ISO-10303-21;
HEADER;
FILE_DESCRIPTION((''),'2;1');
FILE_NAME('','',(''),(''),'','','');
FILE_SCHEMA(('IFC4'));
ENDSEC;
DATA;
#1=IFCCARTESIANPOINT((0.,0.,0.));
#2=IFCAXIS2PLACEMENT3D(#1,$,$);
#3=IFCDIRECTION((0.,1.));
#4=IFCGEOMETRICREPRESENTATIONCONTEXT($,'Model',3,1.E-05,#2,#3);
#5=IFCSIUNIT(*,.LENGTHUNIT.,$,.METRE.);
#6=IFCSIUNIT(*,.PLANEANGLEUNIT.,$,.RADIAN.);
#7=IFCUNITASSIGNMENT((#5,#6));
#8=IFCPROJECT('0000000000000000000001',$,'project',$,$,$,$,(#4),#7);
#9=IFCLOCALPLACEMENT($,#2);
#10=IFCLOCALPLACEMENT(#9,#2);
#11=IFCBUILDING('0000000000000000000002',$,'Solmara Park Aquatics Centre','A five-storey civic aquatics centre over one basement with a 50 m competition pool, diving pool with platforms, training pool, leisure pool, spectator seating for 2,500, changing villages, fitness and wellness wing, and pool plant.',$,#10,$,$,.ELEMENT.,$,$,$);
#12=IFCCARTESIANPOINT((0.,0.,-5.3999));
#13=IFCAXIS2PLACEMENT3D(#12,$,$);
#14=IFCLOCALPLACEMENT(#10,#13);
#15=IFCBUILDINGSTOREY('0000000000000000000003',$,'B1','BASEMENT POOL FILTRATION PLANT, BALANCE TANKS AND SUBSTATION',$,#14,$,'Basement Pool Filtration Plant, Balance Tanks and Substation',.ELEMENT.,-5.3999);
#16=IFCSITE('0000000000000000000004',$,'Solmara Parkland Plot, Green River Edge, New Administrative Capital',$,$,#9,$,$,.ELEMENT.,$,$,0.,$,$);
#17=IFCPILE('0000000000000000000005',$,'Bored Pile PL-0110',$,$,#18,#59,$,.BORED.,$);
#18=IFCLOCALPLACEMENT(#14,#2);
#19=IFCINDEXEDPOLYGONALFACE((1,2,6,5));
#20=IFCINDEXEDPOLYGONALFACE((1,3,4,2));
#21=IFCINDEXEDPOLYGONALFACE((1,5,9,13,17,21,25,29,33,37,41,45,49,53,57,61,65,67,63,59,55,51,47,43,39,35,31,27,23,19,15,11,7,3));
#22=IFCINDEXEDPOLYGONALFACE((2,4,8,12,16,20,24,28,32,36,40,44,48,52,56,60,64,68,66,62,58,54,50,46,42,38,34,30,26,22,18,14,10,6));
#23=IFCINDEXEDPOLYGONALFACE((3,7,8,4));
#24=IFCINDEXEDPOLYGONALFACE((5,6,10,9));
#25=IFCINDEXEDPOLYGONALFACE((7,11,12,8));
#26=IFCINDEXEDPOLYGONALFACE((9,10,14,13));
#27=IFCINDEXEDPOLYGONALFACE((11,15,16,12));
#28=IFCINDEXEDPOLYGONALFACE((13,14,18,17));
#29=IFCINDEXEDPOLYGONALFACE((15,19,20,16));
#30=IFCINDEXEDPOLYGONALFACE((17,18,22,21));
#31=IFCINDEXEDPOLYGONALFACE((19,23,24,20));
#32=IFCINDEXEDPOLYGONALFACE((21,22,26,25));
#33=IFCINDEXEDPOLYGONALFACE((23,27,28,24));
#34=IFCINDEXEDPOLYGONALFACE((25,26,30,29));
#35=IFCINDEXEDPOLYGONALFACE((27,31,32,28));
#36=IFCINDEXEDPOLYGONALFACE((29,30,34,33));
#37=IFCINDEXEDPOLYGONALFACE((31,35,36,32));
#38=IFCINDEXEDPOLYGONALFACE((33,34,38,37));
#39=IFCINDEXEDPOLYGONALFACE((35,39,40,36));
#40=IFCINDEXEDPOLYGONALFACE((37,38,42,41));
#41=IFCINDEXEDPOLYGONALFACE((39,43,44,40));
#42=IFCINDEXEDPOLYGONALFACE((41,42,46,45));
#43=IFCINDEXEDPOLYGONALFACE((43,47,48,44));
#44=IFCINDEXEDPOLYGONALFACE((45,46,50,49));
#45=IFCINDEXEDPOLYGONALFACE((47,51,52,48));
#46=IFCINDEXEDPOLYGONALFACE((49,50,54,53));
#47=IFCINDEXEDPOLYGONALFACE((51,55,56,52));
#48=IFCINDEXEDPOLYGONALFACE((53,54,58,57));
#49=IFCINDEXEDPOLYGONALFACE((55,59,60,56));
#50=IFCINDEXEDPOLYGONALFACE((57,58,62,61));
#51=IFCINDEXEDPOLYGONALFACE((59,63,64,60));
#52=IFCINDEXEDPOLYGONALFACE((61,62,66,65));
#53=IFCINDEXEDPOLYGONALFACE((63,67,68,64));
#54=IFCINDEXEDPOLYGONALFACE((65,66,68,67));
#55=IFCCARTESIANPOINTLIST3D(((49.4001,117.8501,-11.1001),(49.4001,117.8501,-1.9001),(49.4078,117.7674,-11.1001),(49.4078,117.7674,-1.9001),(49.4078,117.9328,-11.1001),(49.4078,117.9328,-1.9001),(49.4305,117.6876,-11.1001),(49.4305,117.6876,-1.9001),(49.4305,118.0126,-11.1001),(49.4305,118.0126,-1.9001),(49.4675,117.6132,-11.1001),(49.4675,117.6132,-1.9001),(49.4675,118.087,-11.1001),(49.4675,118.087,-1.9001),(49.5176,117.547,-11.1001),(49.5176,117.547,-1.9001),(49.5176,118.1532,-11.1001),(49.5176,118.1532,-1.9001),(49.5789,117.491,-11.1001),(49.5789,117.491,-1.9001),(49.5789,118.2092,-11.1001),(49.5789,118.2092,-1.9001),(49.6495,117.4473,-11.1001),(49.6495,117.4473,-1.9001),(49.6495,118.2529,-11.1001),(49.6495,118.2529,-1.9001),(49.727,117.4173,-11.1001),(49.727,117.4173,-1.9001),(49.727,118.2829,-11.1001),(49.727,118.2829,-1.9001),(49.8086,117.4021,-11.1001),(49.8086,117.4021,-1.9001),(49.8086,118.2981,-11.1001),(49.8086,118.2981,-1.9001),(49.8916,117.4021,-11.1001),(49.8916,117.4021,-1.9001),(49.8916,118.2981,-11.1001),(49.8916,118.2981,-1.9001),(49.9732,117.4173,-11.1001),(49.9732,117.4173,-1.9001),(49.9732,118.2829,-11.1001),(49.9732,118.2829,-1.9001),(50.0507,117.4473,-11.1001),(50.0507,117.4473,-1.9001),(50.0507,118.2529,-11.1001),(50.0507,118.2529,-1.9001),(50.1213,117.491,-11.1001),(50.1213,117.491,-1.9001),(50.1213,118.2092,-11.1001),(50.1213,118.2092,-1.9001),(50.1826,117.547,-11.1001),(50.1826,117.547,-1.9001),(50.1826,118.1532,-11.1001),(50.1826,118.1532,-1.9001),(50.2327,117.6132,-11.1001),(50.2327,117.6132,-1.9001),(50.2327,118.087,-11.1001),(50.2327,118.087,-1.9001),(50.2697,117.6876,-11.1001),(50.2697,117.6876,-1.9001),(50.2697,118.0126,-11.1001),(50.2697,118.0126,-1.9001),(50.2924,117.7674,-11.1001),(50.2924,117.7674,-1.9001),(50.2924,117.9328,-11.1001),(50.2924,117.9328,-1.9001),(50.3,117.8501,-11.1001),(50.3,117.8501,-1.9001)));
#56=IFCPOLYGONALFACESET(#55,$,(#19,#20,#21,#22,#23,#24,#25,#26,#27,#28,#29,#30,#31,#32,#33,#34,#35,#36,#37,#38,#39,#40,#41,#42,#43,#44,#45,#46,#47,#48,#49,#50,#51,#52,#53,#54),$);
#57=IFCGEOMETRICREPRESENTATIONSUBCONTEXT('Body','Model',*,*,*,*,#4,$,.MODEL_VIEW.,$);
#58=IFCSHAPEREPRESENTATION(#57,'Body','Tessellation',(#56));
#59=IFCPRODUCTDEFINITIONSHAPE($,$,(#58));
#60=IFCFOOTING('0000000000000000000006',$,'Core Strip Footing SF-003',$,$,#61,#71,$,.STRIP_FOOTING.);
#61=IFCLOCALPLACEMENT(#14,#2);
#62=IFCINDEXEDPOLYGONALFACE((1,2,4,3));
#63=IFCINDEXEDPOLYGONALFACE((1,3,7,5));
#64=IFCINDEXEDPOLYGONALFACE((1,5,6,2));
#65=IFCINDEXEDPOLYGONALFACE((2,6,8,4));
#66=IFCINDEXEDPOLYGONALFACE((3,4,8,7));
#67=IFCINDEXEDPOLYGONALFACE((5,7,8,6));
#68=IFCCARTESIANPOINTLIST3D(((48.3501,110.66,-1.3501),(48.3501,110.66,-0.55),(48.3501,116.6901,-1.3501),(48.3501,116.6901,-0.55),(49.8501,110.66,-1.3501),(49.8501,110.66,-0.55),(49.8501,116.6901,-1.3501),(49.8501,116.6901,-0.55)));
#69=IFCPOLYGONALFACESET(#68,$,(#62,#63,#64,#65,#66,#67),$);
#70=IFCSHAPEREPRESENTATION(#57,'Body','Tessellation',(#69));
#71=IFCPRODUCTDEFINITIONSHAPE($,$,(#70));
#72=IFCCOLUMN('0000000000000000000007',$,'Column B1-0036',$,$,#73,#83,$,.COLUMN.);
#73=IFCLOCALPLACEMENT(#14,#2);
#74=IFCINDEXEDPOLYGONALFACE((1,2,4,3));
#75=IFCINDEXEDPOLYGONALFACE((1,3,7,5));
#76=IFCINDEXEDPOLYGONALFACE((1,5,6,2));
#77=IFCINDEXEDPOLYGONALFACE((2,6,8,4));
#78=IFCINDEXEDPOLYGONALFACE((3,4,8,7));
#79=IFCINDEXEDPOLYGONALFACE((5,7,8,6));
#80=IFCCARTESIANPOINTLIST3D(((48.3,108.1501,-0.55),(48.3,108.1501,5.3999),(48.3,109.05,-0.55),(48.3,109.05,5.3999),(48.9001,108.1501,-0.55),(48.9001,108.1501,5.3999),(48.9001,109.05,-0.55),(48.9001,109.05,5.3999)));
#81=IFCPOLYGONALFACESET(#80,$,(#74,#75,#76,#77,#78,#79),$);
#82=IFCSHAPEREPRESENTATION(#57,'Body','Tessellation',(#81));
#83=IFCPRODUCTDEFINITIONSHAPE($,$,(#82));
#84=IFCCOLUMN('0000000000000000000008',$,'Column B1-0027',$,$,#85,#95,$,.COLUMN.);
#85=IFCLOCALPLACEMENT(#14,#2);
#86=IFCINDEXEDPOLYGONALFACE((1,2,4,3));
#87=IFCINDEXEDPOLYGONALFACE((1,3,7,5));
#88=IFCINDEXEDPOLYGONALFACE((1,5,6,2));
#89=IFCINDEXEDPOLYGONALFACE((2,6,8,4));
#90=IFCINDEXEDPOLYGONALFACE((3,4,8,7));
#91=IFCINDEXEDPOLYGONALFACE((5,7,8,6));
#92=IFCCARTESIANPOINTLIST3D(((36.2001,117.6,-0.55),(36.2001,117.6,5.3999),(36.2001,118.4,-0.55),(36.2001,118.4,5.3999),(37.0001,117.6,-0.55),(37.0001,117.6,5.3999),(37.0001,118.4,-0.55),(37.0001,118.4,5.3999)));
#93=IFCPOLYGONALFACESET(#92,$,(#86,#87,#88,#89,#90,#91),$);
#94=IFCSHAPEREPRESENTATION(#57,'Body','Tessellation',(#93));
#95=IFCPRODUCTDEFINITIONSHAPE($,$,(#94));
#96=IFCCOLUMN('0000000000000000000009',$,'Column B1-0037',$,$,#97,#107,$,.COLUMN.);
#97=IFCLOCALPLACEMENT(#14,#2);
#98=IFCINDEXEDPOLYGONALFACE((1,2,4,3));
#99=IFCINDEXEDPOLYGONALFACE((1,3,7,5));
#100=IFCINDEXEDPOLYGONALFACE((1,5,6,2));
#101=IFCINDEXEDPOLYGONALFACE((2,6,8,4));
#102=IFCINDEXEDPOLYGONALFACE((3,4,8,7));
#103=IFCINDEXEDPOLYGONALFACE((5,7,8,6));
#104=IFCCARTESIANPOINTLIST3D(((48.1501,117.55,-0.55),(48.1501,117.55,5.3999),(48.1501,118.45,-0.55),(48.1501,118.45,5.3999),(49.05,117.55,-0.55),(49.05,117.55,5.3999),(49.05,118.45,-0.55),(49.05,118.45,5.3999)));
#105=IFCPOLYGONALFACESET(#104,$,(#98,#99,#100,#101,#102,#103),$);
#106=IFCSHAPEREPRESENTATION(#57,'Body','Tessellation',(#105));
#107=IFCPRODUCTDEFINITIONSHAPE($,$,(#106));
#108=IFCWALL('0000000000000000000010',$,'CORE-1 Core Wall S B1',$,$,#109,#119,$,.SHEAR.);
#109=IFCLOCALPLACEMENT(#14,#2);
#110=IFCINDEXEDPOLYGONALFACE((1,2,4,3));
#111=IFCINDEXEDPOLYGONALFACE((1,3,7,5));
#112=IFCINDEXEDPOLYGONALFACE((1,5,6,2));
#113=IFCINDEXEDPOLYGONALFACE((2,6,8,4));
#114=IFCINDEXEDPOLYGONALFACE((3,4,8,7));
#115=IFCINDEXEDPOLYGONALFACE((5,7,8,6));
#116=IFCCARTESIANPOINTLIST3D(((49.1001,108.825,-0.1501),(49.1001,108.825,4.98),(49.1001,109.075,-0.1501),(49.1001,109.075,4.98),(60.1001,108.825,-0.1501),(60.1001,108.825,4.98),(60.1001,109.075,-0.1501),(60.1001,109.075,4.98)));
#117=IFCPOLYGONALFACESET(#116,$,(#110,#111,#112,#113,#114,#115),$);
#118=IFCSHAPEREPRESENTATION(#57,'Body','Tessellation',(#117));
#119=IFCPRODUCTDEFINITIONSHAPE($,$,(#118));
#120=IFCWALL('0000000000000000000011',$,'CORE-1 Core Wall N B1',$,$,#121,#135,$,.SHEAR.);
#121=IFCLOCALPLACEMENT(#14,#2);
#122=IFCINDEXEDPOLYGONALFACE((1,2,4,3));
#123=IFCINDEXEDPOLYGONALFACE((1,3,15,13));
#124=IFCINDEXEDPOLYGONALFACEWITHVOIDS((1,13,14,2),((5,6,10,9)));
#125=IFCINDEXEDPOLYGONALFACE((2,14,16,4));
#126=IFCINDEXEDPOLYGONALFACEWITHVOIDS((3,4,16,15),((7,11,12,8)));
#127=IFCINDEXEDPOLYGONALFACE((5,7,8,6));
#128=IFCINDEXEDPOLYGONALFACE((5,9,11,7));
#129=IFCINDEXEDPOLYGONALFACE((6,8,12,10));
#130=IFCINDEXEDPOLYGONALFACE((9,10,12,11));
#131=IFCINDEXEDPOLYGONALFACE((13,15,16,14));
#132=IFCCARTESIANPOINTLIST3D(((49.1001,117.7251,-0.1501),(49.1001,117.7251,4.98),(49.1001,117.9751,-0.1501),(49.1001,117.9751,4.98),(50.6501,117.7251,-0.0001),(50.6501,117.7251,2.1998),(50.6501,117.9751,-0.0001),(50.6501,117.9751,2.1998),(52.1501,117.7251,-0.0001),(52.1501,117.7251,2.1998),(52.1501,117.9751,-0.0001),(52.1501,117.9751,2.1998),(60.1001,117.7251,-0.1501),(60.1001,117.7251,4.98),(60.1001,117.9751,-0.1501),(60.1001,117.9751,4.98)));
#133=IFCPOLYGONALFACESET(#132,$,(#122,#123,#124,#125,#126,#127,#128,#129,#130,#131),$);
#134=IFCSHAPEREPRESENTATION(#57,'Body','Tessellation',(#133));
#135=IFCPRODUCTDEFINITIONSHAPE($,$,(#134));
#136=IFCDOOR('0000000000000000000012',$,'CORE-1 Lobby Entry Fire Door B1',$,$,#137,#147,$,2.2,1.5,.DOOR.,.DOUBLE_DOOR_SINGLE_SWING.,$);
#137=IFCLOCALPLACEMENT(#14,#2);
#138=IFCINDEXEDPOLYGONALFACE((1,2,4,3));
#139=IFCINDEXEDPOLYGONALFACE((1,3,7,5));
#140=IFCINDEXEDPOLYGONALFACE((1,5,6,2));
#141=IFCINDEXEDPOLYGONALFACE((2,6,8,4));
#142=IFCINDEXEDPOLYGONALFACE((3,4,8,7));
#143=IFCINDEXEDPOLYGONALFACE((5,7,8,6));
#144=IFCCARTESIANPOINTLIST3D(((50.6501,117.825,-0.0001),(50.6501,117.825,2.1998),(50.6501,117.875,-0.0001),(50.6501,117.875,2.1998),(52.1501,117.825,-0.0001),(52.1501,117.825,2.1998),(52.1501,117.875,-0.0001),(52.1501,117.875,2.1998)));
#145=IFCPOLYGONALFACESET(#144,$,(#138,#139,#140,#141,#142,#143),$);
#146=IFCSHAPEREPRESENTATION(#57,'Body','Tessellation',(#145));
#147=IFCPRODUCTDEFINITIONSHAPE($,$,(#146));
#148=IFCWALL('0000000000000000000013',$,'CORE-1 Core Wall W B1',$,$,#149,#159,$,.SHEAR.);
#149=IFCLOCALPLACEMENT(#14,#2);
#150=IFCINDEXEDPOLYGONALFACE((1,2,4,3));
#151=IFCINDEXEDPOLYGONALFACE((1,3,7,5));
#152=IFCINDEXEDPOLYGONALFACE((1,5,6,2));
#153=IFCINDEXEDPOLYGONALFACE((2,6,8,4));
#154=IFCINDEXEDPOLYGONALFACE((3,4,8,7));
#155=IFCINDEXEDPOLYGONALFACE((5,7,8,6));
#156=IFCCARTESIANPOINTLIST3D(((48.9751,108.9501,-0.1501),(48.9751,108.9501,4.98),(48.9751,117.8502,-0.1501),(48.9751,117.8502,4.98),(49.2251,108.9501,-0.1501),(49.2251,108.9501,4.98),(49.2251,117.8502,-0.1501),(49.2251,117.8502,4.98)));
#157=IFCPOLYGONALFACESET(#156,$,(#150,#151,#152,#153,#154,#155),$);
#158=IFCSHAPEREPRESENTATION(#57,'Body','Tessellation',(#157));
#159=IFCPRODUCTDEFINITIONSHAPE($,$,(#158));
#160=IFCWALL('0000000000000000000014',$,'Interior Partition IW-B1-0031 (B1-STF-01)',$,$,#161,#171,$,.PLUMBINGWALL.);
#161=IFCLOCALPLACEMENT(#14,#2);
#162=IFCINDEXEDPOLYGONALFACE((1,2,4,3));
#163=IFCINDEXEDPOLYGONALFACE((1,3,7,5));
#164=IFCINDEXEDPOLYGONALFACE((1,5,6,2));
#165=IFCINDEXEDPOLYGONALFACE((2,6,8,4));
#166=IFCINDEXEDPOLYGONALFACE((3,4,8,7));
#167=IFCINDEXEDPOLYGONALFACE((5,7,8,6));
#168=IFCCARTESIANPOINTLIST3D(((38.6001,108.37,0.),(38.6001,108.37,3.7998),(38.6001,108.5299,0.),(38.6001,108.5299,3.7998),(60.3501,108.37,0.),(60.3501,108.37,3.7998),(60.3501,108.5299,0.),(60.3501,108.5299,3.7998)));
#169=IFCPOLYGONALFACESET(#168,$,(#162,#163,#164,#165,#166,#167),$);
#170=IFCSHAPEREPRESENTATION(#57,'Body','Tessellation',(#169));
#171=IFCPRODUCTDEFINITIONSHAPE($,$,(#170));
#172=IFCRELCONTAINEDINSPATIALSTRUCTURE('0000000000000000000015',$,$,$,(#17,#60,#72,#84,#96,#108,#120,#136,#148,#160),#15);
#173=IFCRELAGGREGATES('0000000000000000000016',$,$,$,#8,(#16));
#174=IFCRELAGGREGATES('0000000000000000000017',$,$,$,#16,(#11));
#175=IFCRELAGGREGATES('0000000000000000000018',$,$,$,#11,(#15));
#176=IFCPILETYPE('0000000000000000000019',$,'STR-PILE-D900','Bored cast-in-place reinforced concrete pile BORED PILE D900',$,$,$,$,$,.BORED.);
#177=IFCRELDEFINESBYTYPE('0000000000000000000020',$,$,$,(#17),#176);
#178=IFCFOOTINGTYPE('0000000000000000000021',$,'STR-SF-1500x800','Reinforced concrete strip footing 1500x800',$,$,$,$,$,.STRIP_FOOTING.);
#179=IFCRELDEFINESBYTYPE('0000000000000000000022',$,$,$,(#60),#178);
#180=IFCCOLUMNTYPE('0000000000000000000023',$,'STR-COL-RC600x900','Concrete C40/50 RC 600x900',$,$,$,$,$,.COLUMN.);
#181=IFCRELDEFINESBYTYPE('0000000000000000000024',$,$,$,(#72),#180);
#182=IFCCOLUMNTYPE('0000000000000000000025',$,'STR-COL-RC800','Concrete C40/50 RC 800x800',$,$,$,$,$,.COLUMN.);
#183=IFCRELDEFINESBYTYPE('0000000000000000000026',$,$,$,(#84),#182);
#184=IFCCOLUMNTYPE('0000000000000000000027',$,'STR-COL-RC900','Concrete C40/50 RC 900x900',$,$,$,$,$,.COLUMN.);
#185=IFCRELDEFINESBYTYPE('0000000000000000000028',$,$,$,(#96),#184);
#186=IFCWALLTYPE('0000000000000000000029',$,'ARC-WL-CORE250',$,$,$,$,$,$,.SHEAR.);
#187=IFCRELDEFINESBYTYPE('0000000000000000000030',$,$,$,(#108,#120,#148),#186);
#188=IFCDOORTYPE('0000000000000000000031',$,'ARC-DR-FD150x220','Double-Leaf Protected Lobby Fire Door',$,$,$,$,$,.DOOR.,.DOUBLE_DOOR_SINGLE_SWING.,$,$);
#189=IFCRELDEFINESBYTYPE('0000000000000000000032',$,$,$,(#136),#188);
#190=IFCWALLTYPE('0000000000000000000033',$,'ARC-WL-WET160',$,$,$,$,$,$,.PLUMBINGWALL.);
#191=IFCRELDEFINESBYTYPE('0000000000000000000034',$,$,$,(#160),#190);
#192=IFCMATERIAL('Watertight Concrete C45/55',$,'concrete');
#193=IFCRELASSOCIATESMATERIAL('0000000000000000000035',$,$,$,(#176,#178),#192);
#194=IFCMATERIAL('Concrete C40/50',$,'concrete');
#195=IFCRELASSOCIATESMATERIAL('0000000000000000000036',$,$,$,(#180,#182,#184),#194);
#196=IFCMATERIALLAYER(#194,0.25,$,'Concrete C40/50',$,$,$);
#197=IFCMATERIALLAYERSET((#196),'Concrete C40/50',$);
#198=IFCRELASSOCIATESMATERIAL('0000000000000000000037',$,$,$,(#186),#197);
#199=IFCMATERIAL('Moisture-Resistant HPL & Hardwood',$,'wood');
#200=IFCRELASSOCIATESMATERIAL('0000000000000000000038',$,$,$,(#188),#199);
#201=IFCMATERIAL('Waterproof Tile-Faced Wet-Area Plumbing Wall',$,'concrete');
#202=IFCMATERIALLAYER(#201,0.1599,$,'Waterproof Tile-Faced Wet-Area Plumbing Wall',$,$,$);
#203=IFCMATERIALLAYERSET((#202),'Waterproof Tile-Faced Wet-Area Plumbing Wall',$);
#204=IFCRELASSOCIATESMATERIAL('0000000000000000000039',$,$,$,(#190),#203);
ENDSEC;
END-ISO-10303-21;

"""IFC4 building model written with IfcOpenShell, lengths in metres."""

from ifc_helpers import new_model, si_unit, direction, frame, frame_2d, origin, origin_2d, place, context, subcontext, project, spatial, rectangle, circle, extrude, material, layer, layer_set, material_profile, profile_set, type_object, element, fill, save


model = new_model("IFC4")

# Units and contexts
model_context = context("Model", 3, precision=1e-05, world=origin(), true_north=direction((0.0, 1.0)))
body_context = subcontext(model_context, "Body", "Model", "MODEL_VIEW")
ifc_project = project(units=[si_unit("LENGTHUNIT", "METRE"), si_unit("PLANEANGLEUNIT", "RADIAN")], contexts=[model_context])

# Site, building, storey
site_placement = place(None, origin())
site = spatial("IfcSite", under=ifc_project, at=site_placement, Name="Solmara Parkland Plot, Green River Edge, New Administrative Capital", CompositionType="ELEMENT", RefElevation=0.0)
building_placement = place(site_placement, origin())
building = spatial("IfcBuilding", under=site, at=building_placement, Name="Solmara Park Aquatics Centre", Description="A five-storey civic aquatics centre over one basement with a 50 m competition pool, diving pool with platforms, training pool, leisure pool, spectator seating for 2,500, changing villages, fitness and wellness wing, and pool plant.", CompositionType="ELEMENT")
storey_placement = place(building_placement, frame((0.0, 0.0, -5.3999)))
storey = spatial("IfcBuildingStorey", under=building, at=storey_placement, Name="B1", Description="BASEMENT POOL FILTRATION PLANT, BALANCE TANKS AND SUBSTATION", LongName="Basement Pool Filtration Plant, Balance Tanks and Substation", CompositionType="ELEMENT", Elevation=-5.3999)

# Shared definitions
ifc_material_1 = material(Name="Watertight Concrete C45/55", Category="concrete")

# Pile
ifc_material_profile_1 = material_profile(ifc_material_1, circle(Radius=0.45, at=origin_2d()), Name="BORED PILE D900")
ifc_profile_set_1 = profile_set([ifc_material_profile_1], Name="Watertight Concrete C45/55")
pile_type_1 = type_object("IfcPileType", Name="STR-PILE-D900", Description="Bored cast-in-place reinforced concrete pile BORED PILE D900", PredefinedType="BORED", material=ifc_profile_set_1)
for number, where, z_axis, x_axis, name in (
    (1, (49.8501, 117.8501, -1.9001), (0.0, 0.0, -1.0), (1.0, 0.0, 0.0), "Bored Pile PL-0110"),
):
    element("IfcPile", number, at=place(storey_placement, frame(where, z_axis=z_axis, x_axis=x_axis)), inside=storey, type_object=pile_type_1, Name=name, PredefinedType="BORED", context=body_context, shape_type="SweptSolid", body=[
        extrude(circle(Radius=0.45, at=origin_2d()), origin(), (0.0, 0.0, 1.0), 9.2),
    ])

# Footing
footing_type_1 = type_object("IfcFootingType", Name="STR-SF-1500x800", Description="Reinforced concrete strip footing 1500x800", PredefinedType="STRIP_FOOTING", material=ifc_material_1)
footing_1_placement = place(storey_placement, frame((49.1001, 113.675, -1.3501), z_axis=(0.0, 0.0, 1.0), x_axis=(1.0, 0.0, 0.0)))
element("IfcFooting", 2, at=footing_1_placement, inside=storey, type_object=footing_type_1, Name="Core Strip Footing SF-003", PredefinedType="STRIP_FOOTING", context=body_context, shape_type="SweptSolid", body=[
    extrude(rectangle(XDim=1.5, YDim=6.03, at=origin_2d()), origin(), (0.0, 0.0, 1.0), 0.8),
])

# Columns
ifc_material_2 = material(Name="Concrete C40/50", Category="concrete")
ifc_material_profile_2 = material_profile(ifc_material_2, rectangle(XDim=0.6001, YDim=0.8999, at=origin_2d()), Name="RC 600x900")
ifc_profile_set_2 = profile_set([ifc_material_profile_2], Name="Concrete C40/50")
column_type_1 = type_object("IfcColumnType", Name="STR-COL-RC600x900", Description="Concrete C40/50 RC 600x900", PredefinedType="COLUMN", material=ifc_profile_set_2)
column_1_placement = place(storey_placement, frame((48.6001, 108.6001, -0.55), z_axis=(0.0, 0.0, 1.0), x_axis=(1.0, 0.0, 0.0)))
element("IfcColumn", 3, at=column_1_placement, inside=storey, type_object=column_type_1, Name="Column B1-0036", PredefinedType="COLUMN", context=body_context, shape_type="SweptSolid", body=[
    extrude(rectangle(XDim=0.6001, YDim=0.8999, at=origin_2d()), origin(), (0.0, 0.0, 1.0), 5.95),
])
ifc_material_profile_3 = material_profile(ifc_material_2, rectangle(XDim=0.8, YDim=0.8, at=origin_2d()), Name="RC 800x800")
ifc_profile_set_3 = profile_set([ifc_material_profile_3], Name="Concrete C40/50")
column_type_2 = type_object("IfcColumnType", Name="STR-COL-RC800", Description="Concrete C40/50 RC 800x800", PredefinedType="COLUMN", material=ifc_profile_set_3)
column_2_placement = place(storey_placement, frame((36.6001, 118.0, -0.55), z_axis=(0.0, 0.0, 1.0), x_axis=(1.0, 0.0, 0.0)))
element("IfcColumn", 4, at=column_2_placement, inside=storey, type_object=column_type_2, Name="Column B1-0027", PredefinedType="COLUMN", context=body_context, shape_type="SweptSolid", body=[
    extrude(rectangle(XDim=0.8, YDim=0.8, at=origin_2d()), origin(), (0.0, 0.0, 1.0), 5.95),
])
ifc_material_profile_4 = material_profile(ifc_material_2, rectangle(XDim=0.8999, YDim=0.8999, at=origin_2d()), Name="RC 900x900")
ifc_profile_set_4 = profile_set([ifc_material_profile_4], Name="Concrete C40/50")
column_type_3 = type_object("IfcColumnType", Name="STR-COL-RC900", Description="Concrete C40/50 RC 900x900", PredefinedType="COLUMN", material=ifc_profile_set_4)
column_3_placement = place(storey_placement, frame((48.6001, 118.0, -0.55), z_axis=(0.0, 0.0, 1.0), x_axis=(1.0, 0.0, 0.0)))
element("IfcColumn", 5, at=column_3_placement, inside=storey, type_object=column_type_3, Name="Column B1-0037", PredefinedType="COLUMN", context=body_context, shape_type="SweptSolid", body=[
    extrude(rectangle(XDim=0.8999, YDim=0.8999, at=origin_2d()), origin(), (0.0, 0.0, 1.0), 5.95),
])

# Wall
ifc_layer_1 = layer(ifc_material_2, 0.25, Name="Concrete C40/50")
ifc_layer_set_1 = layer_set([ifc_layer_1], Name="Concrete C40/50")
wall_type_1 = type_object("IfcWallType", Name="ARC-WL-CORE250", PredefinedType="SHEAR", material=ifc_layer_set_1)
wall_1_placement = place(storey_placement, frame((49.1001, 108.95, -0.1501), z_axis=(0.0, 0.0, 1.0), x_axis=(1.0, 0.0, 0.0)))
element("IfcWall", 6, at=wall_1_placement, inside=storey, type_object=wall_type_1, Name="CORE-1 Core Wall S B1", PredefinedType="SHEAR", context=body_context, shape_type="SweptSolid", body=[
    extrude(rectangle(XDim=11.0, YDim=0.25, at=frame_2d((5.5, 0.0))), origin(), (0.0, 0.0, 1.0), 5.1301),
])

# Wall, opening, door
wall_2_placement = place(storey_placement, frame((49.1001, 117.8501, -0.1501), z_axis=(0.0, 0.0, 1.0), x_axis=(1.0, 0.0, 0.0)))
wall_2 = element("IfcWall", 7, at=wall_2_placement, inside=storey, type_object=wall_type_1, Name="CORE-1 Core Wall N B1", PredefinedType="SHEAR", context=body_context, shape_type="SweptSolid", body=[
    extrude(rectangle(XDim=11.0, YDim=0.25, at=frame_2d((5.5, 0.0))), origin(), (0.0, 0.0, 1.0), 5.1301),
])
opening_1_placement = place(wall_2_placement, frame((1.55, 0.0, 0.1499)))
opening_1 = element("IfcOpeningElement", 8, at=opening_1_placement, cuts=wall_2, PredefinedType="OPENING", context=body_context, shape_type="SweptSolid", body=[
    extrude(rectangle(XDim=1.5, YDim=2.2, at=frame_2d((0.75, 1.1001))), frame((0.0, 0.135, 0.0), z_axis=(0.0, -1.0, 0.0), x_axis=(1.0, 0.0, 0.0)), (0.0, 0.0, 1.0), 0.27),
])
ifc_material_3 = material(Name="Moisture-Resistant HPL & Hardwood", Category="wood")
door_type_1 = type_object("IfcDoorType", Name="ARC-DR-FD150x220", Description="Double-Leaf Protected Lobby Fire Door", OperationType="DOUBLE_DOOR_SINGLE_SWING", PredefinedType="DOOR", material=ifc_material_3)
door_1_placement = place(opening_1_placement, origin())
door_1 = element("IfcDoor", 9, at=door_1_placement, inside=storey, type_object=door_type_1, Name="CORE-1 Lobby Entry Fire Door B1", OperationType="DOUBLE_DOOR_SINGLE_SWING", OverallHeight=2.2, OverallWidth=1.5, PredefinedType="DOOR", context=body_context, shape_type="SweptSolid", body=[
    extrude(rectangle(XDim=1.5, YDim=2.2, at=frame_2d((0.75, 1.1001))), frame((0.0, 0.0249, 0.0), z_axis=(0.0, -1.0, 0.0), x_axis=(1.0, 0.0, 0.0)), (0.0, 0.0, 1.0), 0.05),
])
fill(opening_1, door_1)

# Walls
wall_3_placement = place(storey_placement, frame((49.1001, 108.95, -0.1501), z_axis=(0.0, 0.0, 1.0), x_axis=(0.0, 1.0, 0.0)))
element("IfcWall", 10, at=wall_3_placement, inside=storey, type_object=wall_type_1, Name="CORE-1 Core Wall W B1", PredefinedType="SHEAR", context=body_context, shape_type="SweptSolid", body=[
    extrude(rectangle(XDim=8.9001, YDim=0.25, at=frame_2d((4.4502, 0.0))), origin(), (0.0, 0.0, 1.0), 5.1301),
])
ifc_material_4 = material(Name="Waterproof Tile-Faced Wet-Area Plumbing Wall", Category="concrete")
ifc_layer_2 = layer(ifc_material_4, 0.1599, Name="Waterproof Tile-Faced Wet-Area Plumbing Wall")
ifc_layer_set_2 = layer_set([ifc_layer_2], Name="Waterproof Tile-Faced Wet-Area Plumbing Wall")
wall_type_2 = type_object("IfcWallType", Name="ARC-WL-WET160", PredefinedType="PLUMBINGWALL", material=ifc_layer_set_2)
wall_4_placement = place(storey_placement, frame((38.6001, 108.45, 0.0), z_axis=(0.0, 0.0, 1.0), x_axis=(1.0, 0.0, 0.0)))
element("IfcWall", 11, at=wall_4_placement, inside=storey, type_object=wall_type_2, Name="Interior Partition IW-B1-0031 (B1-STF-01)", PredefinedType="PLUMBINGWALL", context=body_context, shape_type="SweptSolid", body=[
    extrude(rectangle(XDim=21.75, YDim=0.1599, at=frame_2d((10.875, 0.0))), origin(), (0.0, 0.0, 1.0), 3.7998),
])

save(model, "model.ifc")
